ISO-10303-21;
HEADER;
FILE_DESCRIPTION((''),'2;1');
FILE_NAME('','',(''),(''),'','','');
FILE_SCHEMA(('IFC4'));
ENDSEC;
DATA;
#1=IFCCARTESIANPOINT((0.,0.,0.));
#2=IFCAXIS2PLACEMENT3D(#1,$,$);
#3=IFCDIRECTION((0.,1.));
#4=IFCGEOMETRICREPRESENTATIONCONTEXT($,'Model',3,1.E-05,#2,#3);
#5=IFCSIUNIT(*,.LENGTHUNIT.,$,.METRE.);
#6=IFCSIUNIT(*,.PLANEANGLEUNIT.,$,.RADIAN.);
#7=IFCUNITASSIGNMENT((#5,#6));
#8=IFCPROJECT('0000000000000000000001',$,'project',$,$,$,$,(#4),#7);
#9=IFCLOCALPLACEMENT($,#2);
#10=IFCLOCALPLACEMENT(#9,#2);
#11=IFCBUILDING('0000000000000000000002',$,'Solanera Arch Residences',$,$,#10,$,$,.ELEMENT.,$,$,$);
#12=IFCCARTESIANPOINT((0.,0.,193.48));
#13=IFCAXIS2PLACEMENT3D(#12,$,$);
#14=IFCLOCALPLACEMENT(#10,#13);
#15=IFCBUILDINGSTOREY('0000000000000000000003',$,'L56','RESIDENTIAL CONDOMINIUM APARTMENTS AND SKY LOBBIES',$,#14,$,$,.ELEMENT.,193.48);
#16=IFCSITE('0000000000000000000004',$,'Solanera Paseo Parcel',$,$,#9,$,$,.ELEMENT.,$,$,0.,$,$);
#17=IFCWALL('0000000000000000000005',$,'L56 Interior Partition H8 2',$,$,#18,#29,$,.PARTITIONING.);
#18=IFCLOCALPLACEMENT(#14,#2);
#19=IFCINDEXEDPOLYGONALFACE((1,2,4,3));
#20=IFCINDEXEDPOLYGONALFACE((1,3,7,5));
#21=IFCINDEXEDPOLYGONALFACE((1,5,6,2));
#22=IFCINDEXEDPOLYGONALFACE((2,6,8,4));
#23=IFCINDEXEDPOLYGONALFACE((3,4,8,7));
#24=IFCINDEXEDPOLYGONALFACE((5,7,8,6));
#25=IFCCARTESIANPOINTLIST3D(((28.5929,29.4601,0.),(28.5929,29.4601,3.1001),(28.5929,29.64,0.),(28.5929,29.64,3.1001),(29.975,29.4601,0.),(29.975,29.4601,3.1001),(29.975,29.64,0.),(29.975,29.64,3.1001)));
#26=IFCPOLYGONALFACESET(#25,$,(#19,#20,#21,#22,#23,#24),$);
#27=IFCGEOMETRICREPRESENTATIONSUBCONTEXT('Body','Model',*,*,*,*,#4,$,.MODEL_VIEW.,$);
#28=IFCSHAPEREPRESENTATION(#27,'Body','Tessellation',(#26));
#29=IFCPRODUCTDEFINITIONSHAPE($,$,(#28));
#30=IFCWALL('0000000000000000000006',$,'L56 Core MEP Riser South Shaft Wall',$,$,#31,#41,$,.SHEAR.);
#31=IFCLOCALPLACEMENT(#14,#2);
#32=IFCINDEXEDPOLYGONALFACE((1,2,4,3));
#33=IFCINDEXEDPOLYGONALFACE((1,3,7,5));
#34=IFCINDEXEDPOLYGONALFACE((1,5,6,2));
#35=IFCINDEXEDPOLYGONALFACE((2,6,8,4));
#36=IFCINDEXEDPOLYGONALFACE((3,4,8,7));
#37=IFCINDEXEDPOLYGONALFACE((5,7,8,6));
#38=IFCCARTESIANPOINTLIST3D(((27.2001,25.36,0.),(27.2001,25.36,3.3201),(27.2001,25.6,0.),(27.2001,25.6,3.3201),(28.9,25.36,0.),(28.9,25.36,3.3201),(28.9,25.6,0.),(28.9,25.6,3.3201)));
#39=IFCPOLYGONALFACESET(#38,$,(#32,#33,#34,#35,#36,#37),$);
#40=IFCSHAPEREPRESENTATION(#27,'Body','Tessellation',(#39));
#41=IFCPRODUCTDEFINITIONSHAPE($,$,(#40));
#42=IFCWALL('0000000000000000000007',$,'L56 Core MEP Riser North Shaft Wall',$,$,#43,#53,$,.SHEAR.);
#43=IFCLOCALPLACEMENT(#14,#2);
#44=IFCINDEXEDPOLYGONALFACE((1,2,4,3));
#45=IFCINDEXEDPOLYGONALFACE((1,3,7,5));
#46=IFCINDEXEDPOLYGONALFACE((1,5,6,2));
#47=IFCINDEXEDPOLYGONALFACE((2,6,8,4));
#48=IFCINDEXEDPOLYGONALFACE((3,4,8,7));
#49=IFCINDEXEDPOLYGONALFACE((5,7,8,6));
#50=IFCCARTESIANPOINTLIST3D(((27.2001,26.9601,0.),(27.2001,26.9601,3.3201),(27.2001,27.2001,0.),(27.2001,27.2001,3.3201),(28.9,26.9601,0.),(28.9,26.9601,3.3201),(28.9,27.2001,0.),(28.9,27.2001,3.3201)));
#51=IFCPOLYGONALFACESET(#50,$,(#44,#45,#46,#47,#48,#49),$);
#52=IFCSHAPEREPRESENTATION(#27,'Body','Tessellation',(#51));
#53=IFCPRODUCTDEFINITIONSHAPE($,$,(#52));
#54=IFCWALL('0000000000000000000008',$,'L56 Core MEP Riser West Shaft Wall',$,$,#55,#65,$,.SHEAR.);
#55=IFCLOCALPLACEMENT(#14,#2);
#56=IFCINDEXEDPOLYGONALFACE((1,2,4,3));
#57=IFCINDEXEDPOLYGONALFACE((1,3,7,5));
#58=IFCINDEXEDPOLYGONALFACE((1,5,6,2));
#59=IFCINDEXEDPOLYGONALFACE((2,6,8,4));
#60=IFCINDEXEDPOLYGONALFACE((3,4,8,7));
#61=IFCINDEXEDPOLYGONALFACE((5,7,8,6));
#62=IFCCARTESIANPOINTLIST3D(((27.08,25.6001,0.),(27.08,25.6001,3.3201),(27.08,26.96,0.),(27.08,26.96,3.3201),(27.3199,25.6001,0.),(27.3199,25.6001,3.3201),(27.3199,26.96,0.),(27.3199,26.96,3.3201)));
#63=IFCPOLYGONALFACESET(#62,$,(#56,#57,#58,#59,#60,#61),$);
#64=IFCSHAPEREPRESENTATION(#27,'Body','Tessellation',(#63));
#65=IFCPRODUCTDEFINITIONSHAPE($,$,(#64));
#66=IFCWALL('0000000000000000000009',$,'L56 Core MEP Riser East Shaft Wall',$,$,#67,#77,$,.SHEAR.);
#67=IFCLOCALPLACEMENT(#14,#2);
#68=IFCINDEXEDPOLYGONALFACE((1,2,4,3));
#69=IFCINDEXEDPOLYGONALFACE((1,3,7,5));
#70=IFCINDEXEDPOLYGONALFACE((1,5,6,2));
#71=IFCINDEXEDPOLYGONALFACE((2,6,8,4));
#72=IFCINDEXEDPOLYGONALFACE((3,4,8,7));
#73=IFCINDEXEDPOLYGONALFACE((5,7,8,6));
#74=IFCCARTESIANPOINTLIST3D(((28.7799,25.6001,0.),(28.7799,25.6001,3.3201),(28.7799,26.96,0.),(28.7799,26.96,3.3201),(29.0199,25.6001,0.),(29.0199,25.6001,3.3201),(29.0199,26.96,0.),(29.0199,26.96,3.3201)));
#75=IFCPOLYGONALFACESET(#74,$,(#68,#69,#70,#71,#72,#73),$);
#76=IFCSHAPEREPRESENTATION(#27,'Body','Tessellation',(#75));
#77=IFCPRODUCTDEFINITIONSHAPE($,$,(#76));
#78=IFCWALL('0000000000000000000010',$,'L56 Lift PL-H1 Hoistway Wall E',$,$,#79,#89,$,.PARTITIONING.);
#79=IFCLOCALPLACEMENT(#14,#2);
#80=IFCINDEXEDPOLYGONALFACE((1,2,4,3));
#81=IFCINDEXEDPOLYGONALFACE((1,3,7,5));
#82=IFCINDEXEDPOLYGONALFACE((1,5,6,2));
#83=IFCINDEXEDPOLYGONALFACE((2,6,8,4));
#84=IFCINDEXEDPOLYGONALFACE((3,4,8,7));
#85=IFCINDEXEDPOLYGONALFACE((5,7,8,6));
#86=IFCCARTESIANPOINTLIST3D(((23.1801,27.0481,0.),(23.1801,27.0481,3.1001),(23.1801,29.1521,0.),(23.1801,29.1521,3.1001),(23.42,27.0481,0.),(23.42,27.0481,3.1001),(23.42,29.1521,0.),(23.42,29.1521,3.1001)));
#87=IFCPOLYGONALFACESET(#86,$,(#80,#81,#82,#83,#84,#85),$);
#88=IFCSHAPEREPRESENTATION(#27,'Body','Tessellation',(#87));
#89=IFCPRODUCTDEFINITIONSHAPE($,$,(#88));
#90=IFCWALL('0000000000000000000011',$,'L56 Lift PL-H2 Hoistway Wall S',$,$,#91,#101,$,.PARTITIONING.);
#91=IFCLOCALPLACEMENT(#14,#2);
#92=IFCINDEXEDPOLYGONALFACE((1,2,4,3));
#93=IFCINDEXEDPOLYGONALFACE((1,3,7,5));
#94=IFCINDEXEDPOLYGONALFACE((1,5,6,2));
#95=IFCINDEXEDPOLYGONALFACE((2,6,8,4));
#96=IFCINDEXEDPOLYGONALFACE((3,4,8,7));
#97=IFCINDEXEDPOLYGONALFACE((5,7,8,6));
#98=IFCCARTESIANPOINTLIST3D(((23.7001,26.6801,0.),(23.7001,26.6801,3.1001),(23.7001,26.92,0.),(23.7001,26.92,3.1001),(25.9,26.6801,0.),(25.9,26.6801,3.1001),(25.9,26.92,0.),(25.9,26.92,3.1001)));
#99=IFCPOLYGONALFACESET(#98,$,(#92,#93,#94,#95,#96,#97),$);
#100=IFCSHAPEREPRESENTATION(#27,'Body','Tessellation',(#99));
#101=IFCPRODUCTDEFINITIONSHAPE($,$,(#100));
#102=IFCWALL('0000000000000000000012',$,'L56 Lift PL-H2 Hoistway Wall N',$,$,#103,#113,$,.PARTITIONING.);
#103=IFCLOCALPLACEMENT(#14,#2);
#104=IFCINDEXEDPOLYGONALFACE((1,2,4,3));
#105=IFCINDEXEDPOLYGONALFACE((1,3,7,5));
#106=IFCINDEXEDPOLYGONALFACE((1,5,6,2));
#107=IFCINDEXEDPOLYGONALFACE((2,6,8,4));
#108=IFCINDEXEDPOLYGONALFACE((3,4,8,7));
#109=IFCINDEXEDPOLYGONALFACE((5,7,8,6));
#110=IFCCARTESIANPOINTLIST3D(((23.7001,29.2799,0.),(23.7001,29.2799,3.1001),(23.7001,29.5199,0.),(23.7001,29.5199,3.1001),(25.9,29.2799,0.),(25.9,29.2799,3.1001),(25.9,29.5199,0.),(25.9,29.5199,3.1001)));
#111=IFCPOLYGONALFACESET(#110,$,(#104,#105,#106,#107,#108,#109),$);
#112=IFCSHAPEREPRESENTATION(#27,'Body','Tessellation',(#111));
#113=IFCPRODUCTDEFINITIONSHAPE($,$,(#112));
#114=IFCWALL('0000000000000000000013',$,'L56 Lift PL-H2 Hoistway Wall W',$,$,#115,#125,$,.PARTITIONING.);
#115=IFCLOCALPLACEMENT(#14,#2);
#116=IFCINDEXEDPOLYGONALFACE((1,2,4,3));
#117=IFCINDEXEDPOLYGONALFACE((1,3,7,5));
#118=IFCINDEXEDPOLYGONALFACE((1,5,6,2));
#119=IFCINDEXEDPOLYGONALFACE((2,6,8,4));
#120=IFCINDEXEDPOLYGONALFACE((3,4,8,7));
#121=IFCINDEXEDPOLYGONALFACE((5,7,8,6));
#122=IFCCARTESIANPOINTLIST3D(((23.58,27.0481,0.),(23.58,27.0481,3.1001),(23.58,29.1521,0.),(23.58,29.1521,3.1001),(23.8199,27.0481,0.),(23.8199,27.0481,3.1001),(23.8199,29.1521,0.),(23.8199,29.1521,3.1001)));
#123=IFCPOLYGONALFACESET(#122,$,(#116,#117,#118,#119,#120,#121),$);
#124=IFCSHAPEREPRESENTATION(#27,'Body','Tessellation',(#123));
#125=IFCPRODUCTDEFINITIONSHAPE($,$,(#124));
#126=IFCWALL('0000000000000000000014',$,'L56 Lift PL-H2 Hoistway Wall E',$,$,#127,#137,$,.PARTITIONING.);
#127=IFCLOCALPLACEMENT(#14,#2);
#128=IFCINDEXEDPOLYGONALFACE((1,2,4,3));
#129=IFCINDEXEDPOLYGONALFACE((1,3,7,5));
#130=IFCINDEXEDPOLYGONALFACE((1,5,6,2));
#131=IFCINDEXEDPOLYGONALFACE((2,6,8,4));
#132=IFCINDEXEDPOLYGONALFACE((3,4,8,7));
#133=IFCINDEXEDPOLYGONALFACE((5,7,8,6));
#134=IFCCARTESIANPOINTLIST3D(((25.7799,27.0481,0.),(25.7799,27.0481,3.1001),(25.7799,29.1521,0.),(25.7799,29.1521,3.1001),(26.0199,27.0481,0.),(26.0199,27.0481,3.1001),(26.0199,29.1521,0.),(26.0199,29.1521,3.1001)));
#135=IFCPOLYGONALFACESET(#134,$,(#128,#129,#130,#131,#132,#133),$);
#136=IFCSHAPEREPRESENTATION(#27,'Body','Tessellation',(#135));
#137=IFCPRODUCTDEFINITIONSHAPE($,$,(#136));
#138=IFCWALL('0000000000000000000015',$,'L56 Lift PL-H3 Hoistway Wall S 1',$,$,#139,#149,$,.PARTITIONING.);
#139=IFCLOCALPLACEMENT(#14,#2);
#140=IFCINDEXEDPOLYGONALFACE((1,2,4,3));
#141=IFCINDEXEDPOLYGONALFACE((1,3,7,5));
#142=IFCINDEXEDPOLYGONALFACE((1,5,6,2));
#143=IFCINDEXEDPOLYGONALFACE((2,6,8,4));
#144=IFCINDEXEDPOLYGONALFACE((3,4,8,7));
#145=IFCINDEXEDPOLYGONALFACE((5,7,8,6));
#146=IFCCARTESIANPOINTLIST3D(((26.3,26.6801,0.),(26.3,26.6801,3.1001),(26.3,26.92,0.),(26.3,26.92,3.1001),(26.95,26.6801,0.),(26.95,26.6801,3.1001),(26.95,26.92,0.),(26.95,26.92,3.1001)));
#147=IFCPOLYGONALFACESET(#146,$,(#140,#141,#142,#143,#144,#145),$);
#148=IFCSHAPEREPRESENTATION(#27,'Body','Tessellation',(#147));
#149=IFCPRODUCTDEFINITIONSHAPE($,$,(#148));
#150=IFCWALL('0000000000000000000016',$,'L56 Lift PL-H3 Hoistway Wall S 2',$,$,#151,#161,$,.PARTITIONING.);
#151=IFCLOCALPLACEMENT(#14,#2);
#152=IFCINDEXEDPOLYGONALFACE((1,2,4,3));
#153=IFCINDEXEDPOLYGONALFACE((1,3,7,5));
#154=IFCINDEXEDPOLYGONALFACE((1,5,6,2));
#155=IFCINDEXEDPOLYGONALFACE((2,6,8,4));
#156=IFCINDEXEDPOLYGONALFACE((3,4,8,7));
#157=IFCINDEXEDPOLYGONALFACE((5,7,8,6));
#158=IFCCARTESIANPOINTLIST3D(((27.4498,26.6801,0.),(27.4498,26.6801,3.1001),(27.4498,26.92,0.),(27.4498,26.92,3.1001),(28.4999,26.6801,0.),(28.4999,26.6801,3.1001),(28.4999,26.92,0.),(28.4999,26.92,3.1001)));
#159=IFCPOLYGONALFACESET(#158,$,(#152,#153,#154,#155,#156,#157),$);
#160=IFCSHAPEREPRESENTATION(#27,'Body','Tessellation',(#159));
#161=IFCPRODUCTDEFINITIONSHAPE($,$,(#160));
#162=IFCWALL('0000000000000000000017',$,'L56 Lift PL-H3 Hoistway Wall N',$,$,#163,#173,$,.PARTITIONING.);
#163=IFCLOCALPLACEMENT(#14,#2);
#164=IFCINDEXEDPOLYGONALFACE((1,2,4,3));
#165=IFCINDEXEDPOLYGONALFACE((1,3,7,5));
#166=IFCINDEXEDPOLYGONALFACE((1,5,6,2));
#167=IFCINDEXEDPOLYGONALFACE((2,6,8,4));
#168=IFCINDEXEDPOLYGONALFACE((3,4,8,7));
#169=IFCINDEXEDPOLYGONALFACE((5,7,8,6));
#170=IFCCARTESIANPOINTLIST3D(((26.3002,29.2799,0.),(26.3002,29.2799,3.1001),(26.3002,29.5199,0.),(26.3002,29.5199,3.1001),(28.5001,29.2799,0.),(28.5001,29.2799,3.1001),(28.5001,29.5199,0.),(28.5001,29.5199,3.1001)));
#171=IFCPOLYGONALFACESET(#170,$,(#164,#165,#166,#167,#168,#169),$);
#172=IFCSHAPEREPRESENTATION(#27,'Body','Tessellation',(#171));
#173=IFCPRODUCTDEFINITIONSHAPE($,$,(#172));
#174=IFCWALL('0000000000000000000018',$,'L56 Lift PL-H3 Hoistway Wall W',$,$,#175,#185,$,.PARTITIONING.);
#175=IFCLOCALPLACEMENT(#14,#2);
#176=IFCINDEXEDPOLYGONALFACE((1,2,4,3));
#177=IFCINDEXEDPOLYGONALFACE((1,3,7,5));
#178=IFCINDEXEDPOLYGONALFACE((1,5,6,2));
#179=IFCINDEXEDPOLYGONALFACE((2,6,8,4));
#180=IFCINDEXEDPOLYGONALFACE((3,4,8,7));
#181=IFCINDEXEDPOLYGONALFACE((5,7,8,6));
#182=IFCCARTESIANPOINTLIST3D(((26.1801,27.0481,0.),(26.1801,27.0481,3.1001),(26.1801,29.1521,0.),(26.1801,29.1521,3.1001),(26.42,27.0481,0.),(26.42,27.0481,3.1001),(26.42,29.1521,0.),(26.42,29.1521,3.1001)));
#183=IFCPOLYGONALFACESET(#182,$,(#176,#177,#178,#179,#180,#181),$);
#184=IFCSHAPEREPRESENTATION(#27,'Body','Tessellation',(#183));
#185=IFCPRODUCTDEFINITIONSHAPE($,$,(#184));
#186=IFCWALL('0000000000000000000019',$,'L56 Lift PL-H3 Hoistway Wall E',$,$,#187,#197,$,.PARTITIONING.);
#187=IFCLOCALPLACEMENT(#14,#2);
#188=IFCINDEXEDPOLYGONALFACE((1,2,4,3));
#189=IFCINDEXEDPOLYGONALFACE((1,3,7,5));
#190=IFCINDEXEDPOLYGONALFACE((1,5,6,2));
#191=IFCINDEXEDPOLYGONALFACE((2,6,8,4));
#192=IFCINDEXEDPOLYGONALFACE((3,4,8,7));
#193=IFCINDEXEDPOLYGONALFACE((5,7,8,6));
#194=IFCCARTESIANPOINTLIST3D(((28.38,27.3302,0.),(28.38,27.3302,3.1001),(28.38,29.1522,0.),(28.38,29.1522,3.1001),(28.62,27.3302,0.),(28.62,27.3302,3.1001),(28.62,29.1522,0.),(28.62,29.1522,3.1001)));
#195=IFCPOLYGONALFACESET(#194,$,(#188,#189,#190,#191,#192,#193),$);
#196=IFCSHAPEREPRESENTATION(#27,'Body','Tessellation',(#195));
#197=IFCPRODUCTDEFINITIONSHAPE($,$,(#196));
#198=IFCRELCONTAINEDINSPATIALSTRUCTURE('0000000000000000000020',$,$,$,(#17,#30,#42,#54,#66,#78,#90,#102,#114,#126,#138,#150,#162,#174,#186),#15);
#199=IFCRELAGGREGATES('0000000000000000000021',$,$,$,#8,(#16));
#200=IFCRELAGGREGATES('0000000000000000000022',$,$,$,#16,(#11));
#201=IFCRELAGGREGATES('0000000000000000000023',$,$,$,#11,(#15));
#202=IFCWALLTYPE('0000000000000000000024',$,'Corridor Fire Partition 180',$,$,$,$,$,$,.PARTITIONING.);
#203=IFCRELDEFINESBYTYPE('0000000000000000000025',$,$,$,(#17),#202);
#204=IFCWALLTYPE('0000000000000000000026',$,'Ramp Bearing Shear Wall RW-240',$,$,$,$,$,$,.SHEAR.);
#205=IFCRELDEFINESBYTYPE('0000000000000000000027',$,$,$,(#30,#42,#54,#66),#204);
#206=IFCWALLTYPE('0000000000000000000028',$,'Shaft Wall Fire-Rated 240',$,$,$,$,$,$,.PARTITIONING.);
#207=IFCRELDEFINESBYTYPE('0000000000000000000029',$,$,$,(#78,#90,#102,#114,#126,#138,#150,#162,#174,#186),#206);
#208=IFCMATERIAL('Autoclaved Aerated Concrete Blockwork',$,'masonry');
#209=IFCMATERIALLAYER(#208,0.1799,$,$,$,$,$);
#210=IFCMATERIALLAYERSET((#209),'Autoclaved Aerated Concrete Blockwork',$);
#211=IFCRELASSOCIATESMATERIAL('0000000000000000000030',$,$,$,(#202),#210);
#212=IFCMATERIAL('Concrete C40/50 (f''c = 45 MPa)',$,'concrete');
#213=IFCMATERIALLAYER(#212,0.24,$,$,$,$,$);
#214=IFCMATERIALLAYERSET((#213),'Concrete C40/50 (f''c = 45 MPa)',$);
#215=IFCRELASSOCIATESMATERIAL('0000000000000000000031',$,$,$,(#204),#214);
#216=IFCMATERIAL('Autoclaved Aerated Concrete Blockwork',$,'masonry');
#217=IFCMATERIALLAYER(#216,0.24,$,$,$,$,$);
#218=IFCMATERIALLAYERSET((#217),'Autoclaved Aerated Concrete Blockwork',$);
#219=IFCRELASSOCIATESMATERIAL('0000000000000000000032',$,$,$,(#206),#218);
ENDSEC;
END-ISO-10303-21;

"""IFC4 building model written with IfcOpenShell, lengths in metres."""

from ifc_helpers import new_model, si_unit, direction, frame, frame_2d, origin, place, context, subcontext, project, spatial, rectangle, extrude, material, layer, layer_set, type_object, element, save


model = new_model("IFC4")

# Units and contexts
model_context = context("Model", 3, precision=1e-05, world=origin(), true_north=direction((0.0, 1.0)))
body_context = subcontext(model_context, "Body", "Model", "MODEL_VIEW")
ifc_project = project(units=[si_unit("LENGTHUNIT", "METRE"), si_unit("PLANEANGLEUNIT", "RADIAN")], contexts=[model_context])

# Site, building, storey
site_placement = place(None, origin())
site = spatial("IfcSite", under=ifc_project, at=site_placement, Name="Solanera Paseo Parcel", CompositionType="ELEMENT", RefElevation=0.0)
building_placement = place(site_placement, origin())
building = spatial("IfcBuilding", under=site, at=building_placement, Name="Solanera Arch Residences", CompositionType="ELEMENT")
storey_placement = place(building_placement, frame((0.0, 0.0, 193.48)))
storey = spatial("IfcBuildingStorey", under=building, at=storey_placement, Name="L56", Description="RESIDENTIAL CONDOMINIUM APARTMENTS AND SKY LOBBIES", CompositionType="ELEMENT", Elevation=193.48)

# Walls
ifc_material_1 = material(Name="Autoclaved Aerated Concrete Blockwork", Category="masonry")
ifc_layer_1 = layer(ifc_material_1, 0.1799)
ifc_layer_set_1 = layer_set([ifc_layer_1], Name="Autoclaved Aerated Concrete Blockwork")
wall_type_1 = type_object("IfcWallType", Name="Corridor Fire Partition 180", PredefinedType="PARTITIONING", material=ifc_layer_set_1)
wall_1_placement = place(storey_placement, frame((28.593, 29.55, 0.0), z_axis=(0.0, 0.0, 1.0), x_axis=(1.0, 0.0, 0.0)))
element("IfcWall", 1, at=wall_1_placement, inside=storey, type_object=wall_type_1, Name="L56 Interior Partition H8 2", PredefinedType="PARTITIONING", context=body_context, shape_type="SweptSolid", body=[
    extrude(rectangle(XDim=1.3821, YDim=0.1799, at=frame_2d((0.6909, 0.0))), origin(), (0.0, 0.0, 1.0), 3.1001),
])
ifc_material_2 = material(Name="Concrete C40/50 (f'c = 45 MPa)", Category="concrete")
ifc_layer_2 = layer(ifc_material_2, 0.24)
ifc_layer_set_2 = layer_set([ifc_layer_2], Name="Concrete C40/50 (f'c = 45 MPa)")
wall_type_2 = type_object("IfcWallType", Name="Ramp Bearing Shear Wall RW-240", PredefinedType="SHEAR", material=ifc_layer_set_2)
for number, where, z_axis, x_axis, name in (
    (2, (27.2, 25.48, 0.0), (0.0, 0.0, 1.0), (1.0, 0.0, 0.0), "L56 Core MEP Riser South Shaft Wall"),
    (3, (27.2, 27.0801, 0.0), (0.0, 0.0, 1.0), (1.0, 0.0, 0.0), "L56 Core MEP Riser North Shaft Wall"),
):
    element("IfcWall", number, at=place(storey_placement, frame(where, z_axis=z_axis, x_axis=x_axis)), inside=storey, type_object=wall_type_2, Name=name, PredefinedType="SHEAR", context=body_context, shape_type="SweptSolid", body=[
        extrude(rectangle(XDim=1.7, YDim=0.24, at=frame_2d((0.8501, 0.0))), origin(), (0.0, 0.0, 1.0), 3.3201),
    ])
for number, where, z_axis, x_axis, name in (
    (4, (27.2, 25.6001, 0.0), (0.0, 0.0, 1.0), (0.0, 1.0, 0.0), "L56 Core MEP Riser West Shaft Wall"),
    (5, (28.8999, 25.6001, 0.0), (0.0, 0.0, 1.0), (0.0, 1.0, 0.0), "L56 Core MEP Riser East Shaft Wall"),
):
    element("IfcWall", number, at=place(storey_placement, frame(where, z_axis=z_axis, x_axis=x_axis)), inside=storey, type_object=wall_type_2, Name=name, PredefinedType="SHEAR", context=body_context, shape_type="SweptSolid", body=[
        extrude(rectangle(XDim=1.3599, YDim=0.24, at=frame_2d((0.6799, 0.0))), origin(), (0.0, 0.0, 1.0), 3.3201),
    ])
ifc_material_3 = material(Name="Autoclaved Aerated Concrete Blockwork", Category="masonry")
ifc_layer_3 = layer(ifc_material_3, 0.24)
ifc_layer_set_3 = layer_set([ifc_layer_3], Name="Autoclaved Aerated Concrete Blockwork")
wall_type_3 = type_object("IfcWallType", Name="Shaft Wall Fire-Rated 240", PredefinedType="PARTITIONING", material=ifc_layer_set_3)
wall_2_placement = place(storey_placement, frame((23.3, 27.0481, 0.0), z_axis=(0.0, 0.0, 1.0), x_axis=(0.0, 1.0, 0.0)))
element("IfcWall", 6, at=wall_2_placement, inside=storey, type_object=wall_type_3, Name="L56 Lift PL-H1 Hoistway Wall E", PredefinedType="PARTITIONING", context=body_context, shape_type="SweptSolid", body=[
    extrude(rectangle(XDim=2.104, YDim=0.24, at=frame_2d((1.052, 0.0))), origin(), (0.0, 0.0, 1.0), 3.1001),
])
for number, where, z_axis, x_axis, name in (
    (7, (23.7, 26.8, 0.0), (0.0, 0.0, 1.0), (1.0, 0.0, 0.0), "L56 Lift PL-H2 Hoistway Wall S"),
    (8, (23.7, 29.3999, 0.0), (0.0, 0.0, 1.0), (1.0, 0.0, 0.0), "L56 Lift PL-H2 Hoistway Wall N"),
):
    element("IfcWall", number, at=place(storey_placement, frame(where, z_axis=z_axis, x_axis=x_axis)), inside=storey, type_object=wall_type_3, Name=name, PredefinedType="PARTITIONING", context=body_context, shape_type="SweptSolid", body=[
        extrude(rectangle(XDim=2.2, YDim=0.24, at=frame_2d((1.1001, 0.0))), origin(), (0.0, 0.0, 1.0), 3.1001),
    ])
for number, where, z_axis, x_axis, name in (
    (9, (23.7, 27.0481, 0.0), (0.0, 0.0, 1.0), (0.0, 1.0, 0.0), "L56 Lift PL-H2 Hoistway Wall W"),
    (10, (25.8999, 27.0481, 0.0), (0.0, 0.0, 1.0), (0.0, 1.0, 0.0), "L56 Lift PL-H2 Hoistway Wall E"),
):
    element("IfcWall", number, at=place(storey_placement, frame(where, z_axis=z_axis, x_axis=x_axis)), inside=storey, type_object=wall_type_3, Name=name, PredefinedType="PARTITIONING", context=body_context, shape_type="SweptSolid", body=[
        extrude(rectangle(XDim=2.104, YDim=0.24, at=frame_2d((1.052, 0.0))), origin(), (0.0, 0.0, 1.0), 3.1001),
    ])
wall_3_placement = place(storey_placement, frame((26.3, 26.8, 0.0), z_axis=(0.0, 0.0, 1.0), x_axis=(1.0, 0.0, 0.0)))
element("IfcWall", 11, at=wall_3_placement, inside=storey, type_object=wall_type_3, Name="L56 Lift PL-H3 Hoistway Wall S 1", PredefinedType="PARTITIONING", context=body_context, shape_type="SweptSolid", body=[
    extrude(rectangle(XDim=0.6499, YDim=0.24, at=frame_2d((0.325, 0.0))), origin(), (0.0, 0.0, 1.0), 3.1001),
])
wall_4_placement = place(storey_placement, frame((27.45, 26.8, 0.0), z_axis=(0.0, 0.0, 1.0), x_axis=(1.0, 0.0, 0.0)))
element("IfcWall", 12, at=wall_4_placement, inside=storey, type_object=wall_type_3, Name="L56 Lift PL-H3 Hoistway Wall S 2", PredefinedType="PARTITIONING", context=body_context, shape_type="SweptSolid", body=[
    extrude(rectangle(XDim=1.05, YDim=0.24, at=frame_2d((0.5249, 0.0))), origin(), (0.0, 0.0, 1.0), 3.1001),
])
wall_5_placement = place(storey_placement, frame((26.3, 29.3999, 0.0), z_axis=(0.0, 0.0, 1.0), x_axis=(1.0, 0.0, 0.0)))
element("IfcWall", 13, at=wall_5_placement, inside=storey, type_object=wall_type_3, Name="L56 Lift PL-H3 Hoistway Wall N", PredefinedType="PARTITIONING", context=body_context, shape_type="SweptSolid", body=[
    extrude(rectangle(XDim=2.2, YDim=0.24, at=frame_2d((1.1001, 0.0))), origin(), (0.0, 0.0, 1.0), 3.1001),
])
wall_6_placement = place(storey_placement, frame((26.3, 27.0481, 0.0), z_axis=(0.0, 0.0, 1.0), x_axis=(0.0, 1.0, 0.0)))
element("IfcWall", 14, at=wall_6_placement, inside=storey, type_object=wall_type_3, Name="L56 Lift PL-H3 Hoistway Wall W", PredefinedType="PARTITIONING", context=body_context, shape_type="SweptSolid", body=[
    extrude(rectangle(XDim=2.104, YDim=0.24, at=frame_2d((1.052, 0.0))), origin(), (0.0, 0.0, 1.0), 3.1001),
])
wall_7_placement = place(storey_placement, frame((28.5, 27.3301, 0.0), z_axis=(0.0, 0.0, 1.0), x_axis=(0.0, 1.0, 0.0)))
element("IfcWall", 15, at=wall_7_placement, inside=storey, type_object=wall_type_3, Name="L56 Lift PL-H3 Hoistway Wall E", PredefinedType="PARTITIONING", context=body_context, shape_type="SweptSolid", body=[
    extrude(rectangle(XDim=1.822, YDim=0.24, at=frame_2d((0.9111, 0.0))), origin(), (0.0, 0.0, 1.0), 3.1001),
])

save(model, "model.ifc")
